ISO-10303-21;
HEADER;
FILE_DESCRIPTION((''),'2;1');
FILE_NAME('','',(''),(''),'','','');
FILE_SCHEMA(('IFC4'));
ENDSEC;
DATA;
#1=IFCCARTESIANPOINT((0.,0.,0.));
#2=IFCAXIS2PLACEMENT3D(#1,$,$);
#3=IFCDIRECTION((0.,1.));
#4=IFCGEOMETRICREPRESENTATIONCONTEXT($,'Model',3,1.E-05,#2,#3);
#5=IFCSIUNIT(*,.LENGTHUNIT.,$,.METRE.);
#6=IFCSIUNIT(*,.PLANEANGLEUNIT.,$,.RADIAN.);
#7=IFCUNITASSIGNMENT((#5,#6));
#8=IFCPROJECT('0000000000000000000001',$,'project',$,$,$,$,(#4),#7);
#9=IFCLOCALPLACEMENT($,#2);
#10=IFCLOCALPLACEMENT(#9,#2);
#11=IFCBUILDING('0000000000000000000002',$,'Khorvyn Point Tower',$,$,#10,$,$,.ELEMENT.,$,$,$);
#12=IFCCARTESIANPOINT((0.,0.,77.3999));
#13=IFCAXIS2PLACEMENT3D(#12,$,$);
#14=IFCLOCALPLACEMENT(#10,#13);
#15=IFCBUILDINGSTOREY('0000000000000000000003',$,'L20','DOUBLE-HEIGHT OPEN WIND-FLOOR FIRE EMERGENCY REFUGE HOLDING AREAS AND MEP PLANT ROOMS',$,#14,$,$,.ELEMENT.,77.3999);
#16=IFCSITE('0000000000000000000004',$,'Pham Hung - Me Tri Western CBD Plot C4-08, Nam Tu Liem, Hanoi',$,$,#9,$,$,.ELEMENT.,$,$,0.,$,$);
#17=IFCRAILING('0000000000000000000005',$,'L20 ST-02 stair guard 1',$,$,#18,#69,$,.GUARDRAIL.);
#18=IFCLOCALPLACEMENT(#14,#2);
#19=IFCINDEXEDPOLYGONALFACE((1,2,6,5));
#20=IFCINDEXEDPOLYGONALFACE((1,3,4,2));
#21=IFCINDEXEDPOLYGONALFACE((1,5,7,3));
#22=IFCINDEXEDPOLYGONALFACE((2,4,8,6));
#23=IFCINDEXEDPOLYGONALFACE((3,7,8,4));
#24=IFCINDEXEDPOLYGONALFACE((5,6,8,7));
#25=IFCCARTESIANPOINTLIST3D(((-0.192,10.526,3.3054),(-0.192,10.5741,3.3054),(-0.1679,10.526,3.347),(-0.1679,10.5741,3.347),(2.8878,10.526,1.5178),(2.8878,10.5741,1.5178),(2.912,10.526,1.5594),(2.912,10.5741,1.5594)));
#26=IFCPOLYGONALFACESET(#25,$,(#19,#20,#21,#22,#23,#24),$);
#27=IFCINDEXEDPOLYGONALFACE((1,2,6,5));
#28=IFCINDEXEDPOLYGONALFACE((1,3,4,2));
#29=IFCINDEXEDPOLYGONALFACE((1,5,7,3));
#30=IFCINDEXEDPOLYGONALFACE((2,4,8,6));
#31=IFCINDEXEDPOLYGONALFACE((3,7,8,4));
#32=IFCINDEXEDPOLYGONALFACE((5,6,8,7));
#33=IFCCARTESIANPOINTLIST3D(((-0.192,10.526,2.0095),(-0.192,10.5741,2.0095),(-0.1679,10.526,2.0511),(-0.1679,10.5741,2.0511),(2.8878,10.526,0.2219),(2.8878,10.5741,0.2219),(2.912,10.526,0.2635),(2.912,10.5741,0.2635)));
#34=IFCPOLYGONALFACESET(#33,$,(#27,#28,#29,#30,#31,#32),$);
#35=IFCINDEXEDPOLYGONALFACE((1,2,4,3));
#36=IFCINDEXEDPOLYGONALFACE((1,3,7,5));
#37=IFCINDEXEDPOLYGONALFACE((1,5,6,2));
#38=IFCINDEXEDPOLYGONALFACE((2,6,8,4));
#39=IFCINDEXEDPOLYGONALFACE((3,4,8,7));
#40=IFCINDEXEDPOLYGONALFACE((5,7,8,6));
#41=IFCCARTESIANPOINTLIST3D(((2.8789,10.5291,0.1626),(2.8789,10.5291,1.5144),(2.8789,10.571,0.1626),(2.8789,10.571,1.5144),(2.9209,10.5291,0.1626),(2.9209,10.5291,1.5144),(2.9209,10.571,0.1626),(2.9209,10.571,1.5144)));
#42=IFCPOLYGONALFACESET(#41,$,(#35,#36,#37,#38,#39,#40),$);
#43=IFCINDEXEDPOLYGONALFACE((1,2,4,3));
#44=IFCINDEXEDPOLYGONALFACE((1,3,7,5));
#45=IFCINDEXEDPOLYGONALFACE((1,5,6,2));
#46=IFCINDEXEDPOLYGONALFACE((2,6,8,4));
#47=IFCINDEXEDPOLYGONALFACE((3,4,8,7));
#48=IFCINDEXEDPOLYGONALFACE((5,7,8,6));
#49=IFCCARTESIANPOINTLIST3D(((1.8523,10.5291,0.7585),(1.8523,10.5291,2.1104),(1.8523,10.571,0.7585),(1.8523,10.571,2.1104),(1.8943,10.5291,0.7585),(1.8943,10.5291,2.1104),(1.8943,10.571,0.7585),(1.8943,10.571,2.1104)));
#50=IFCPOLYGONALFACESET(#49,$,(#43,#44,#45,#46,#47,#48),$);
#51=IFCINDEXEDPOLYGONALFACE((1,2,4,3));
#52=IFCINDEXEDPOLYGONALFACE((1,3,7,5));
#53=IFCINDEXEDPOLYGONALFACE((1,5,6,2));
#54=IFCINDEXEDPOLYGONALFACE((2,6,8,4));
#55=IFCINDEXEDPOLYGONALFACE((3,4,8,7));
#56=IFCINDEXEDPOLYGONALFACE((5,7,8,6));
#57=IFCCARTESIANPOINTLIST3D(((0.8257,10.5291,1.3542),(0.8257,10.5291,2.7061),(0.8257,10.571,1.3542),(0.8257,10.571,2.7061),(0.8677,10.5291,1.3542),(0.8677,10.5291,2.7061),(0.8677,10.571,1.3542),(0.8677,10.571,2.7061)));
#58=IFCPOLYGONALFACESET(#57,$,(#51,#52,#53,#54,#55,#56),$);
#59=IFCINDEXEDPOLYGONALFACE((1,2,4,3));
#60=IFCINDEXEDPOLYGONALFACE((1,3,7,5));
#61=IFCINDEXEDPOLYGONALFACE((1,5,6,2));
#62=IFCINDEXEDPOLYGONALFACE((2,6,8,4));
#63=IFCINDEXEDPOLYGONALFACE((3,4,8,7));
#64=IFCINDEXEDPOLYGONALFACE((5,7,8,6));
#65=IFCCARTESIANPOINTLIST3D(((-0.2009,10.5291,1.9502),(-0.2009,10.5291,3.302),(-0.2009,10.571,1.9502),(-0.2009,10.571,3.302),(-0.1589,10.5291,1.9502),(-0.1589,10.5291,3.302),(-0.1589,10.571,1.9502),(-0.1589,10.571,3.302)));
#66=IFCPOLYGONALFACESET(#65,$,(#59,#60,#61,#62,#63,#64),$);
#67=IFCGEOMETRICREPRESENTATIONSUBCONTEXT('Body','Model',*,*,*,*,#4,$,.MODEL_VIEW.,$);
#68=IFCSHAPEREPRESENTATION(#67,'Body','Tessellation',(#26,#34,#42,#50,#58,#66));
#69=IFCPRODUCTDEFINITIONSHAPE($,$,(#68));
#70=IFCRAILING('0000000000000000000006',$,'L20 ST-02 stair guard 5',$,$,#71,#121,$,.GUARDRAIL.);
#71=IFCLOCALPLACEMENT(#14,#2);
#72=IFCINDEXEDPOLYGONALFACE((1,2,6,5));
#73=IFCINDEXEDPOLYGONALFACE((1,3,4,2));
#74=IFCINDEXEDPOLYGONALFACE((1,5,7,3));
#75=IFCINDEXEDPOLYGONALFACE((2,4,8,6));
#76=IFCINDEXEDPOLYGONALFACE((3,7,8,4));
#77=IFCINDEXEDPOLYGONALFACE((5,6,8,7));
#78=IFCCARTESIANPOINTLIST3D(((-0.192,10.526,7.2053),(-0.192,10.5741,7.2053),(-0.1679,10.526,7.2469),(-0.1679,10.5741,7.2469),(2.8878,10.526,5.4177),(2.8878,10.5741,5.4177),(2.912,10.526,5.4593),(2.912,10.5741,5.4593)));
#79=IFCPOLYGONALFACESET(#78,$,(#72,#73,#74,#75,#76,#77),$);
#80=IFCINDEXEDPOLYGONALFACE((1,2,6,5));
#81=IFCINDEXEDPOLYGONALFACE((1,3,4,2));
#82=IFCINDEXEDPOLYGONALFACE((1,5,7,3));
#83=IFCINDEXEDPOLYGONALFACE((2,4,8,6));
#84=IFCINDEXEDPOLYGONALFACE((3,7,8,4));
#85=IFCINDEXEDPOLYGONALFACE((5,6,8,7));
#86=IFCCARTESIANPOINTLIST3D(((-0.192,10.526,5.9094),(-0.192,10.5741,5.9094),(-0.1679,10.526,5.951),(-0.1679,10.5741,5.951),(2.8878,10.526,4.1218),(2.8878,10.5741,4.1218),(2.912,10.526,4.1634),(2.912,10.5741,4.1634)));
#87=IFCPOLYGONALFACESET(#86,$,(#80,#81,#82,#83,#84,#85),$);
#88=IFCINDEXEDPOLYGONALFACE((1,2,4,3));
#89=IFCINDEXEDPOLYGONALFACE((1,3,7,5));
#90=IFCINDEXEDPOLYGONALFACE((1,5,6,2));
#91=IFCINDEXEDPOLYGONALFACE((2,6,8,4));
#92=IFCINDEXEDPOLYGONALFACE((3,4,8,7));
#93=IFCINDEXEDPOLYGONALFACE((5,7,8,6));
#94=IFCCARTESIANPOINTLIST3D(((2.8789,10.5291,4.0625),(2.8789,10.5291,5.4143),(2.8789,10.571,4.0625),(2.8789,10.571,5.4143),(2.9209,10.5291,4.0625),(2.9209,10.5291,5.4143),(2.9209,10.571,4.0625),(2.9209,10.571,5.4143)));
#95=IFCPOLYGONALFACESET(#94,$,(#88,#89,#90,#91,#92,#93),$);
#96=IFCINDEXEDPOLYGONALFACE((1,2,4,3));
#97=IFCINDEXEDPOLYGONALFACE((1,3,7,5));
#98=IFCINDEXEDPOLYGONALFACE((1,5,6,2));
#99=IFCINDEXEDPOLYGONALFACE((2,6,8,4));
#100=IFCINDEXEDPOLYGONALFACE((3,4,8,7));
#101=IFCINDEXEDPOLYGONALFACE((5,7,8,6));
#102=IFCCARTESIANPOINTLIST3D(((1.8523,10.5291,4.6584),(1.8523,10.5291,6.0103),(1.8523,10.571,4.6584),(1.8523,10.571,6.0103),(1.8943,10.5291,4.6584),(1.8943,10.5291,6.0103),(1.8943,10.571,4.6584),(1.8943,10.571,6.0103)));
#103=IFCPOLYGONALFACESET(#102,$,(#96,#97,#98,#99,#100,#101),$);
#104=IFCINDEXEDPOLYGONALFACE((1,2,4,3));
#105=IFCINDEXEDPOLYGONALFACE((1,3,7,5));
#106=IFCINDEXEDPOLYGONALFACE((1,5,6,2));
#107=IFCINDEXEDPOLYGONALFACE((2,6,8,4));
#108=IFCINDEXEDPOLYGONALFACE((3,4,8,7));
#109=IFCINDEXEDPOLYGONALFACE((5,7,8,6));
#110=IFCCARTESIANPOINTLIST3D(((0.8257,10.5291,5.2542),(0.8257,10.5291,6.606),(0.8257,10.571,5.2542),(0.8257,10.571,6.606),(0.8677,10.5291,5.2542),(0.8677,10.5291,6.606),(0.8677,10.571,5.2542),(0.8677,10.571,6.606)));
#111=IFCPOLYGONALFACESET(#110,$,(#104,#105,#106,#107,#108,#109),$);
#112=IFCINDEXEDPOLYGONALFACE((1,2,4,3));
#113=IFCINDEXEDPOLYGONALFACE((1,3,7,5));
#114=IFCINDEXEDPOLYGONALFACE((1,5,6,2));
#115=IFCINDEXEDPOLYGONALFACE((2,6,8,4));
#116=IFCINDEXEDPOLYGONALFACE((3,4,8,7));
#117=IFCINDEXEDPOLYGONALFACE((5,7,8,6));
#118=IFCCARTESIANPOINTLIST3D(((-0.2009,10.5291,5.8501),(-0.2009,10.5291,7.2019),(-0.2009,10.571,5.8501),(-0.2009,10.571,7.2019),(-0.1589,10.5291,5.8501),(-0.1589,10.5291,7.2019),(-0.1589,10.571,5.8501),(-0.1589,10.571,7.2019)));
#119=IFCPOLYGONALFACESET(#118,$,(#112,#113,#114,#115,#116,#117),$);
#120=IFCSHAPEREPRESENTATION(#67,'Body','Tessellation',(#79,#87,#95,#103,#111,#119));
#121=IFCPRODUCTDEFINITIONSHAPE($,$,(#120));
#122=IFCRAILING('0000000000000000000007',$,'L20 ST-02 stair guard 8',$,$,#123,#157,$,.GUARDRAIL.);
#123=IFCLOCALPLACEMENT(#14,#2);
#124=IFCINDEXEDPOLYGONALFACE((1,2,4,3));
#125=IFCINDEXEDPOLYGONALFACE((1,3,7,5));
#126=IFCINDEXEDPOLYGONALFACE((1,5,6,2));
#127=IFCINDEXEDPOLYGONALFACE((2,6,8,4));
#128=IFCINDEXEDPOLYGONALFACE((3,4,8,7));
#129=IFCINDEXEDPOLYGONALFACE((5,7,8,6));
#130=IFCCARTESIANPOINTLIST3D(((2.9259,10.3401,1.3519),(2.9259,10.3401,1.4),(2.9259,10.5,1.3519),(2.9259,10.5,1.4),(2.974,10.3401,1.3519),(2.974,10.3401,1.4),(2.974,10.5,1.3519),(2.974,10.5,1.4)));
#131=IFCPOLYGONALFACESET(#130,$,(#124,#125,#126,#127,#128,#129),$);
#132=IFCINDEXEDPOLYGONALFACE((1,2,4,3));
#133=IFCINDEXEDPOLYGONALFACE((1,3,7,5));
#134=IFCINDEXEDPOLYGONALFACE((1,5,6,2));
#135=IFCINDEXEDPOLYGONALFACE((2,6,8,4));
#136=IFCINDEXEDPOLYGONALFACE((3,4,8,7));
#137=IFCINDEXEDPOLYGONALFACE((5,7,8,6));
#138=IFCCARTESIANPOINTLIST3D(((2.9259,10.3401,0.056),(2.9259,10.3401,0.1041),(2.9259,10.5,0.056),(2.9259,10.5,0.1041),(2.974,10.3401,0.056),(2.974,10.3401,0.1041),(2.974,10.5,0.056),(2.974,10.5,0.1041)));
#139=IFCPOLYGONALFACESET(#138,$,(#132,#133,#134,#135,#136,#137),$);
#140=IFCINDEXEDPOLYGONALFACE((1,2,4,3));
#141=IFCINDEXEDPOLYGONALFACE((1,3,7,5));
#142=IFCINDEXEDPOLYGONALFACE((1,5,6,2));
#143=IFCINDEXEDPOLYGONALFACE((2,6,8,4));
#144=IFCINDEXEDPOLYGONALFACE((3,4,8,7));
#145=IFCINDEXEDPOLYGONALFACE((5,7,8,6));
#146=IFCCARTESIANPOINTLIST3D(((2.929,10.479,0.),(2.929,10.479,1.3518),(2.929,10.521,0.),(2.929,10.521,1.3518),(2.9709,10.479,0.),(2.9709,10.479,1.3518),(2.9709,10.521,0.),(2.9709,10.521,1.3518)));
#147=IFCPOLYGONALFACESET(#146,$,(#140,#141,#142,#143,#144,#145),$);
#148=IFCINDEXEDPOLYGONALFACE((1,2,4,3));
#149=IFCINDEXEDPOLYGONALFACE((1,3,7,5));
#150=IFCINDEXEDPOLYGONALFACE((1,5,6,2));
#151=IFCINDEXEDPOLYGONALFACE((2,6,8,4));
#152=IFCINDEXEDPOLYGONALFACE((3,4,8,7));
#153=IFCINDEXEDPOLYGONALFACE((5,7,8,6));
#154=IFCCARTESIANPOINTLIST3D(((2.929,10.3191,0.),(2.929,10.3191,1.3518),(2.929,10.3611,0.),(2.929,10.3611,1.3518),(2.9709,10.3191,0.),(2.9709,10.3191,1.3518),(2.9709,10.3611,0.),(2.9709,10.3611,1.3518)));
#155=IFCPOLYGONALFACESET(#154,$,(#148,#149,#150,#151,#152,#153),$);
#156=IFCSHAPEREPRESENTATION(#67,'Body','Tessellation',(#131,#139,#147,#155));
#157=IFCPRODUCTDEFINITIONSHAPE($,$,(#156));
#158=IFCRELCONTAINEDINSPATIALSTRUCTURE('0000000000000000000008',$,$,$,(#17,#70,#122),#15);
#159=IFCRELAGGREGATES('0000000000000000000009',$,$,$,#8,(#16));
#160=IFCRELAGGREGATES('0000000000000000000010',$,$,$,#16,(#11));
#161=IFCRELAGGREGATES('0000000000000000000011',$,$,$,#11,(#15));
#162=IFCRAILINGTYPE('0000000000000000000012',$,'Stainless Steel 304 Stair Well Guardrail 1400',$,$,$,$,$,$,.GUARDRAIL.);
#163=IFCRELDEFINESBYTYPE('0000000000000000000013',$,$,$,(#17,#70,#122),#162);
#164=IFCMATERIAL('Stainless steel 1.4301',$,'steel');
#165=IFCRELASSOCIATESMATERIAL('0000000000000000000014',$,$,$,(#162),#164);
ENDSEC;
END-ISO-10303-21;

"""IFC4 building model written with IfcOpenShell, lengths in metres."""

from ifc_helpers import new_model, si_unit, direction, frame, origin, origin_2d, place, context, subcontext, project, spatial, rectangle, extrude, material, type_object, element, save


model = new_model("IFC4")

# Units and contexts
model_context = context("Model", 3, precision=1e-05, world=origin(), true_north=direction((0.0, 1.0)))
body_context = subcontext(model_context, "Body", "Model", "MODEL_VIEW")
ifc_project = project(units=[si_unit("LENGTHUNIT", "METRE"), si_unit("PLANEANGLEUNIT", "RADIAN")], contexts=[model_context])

# Site, building, storey
site_placement = place(None, origin())
site = spatial("IfcSite", under=ifc_project, at=site_placement, Name="Pham Hung - Me Tri Western CBD Plot C4-08, Nam Tu Liem, Hanoi", CompositionType="ELEMENT", RefElevation=0.0)
building_placement = place(site_placement, origin())
building = spatial("IfcBuilding", under=site, at=building_placement, Name="Khorvyn Point Tower", CompositionType="ELEMENT")
storey_placement = place(building_placement, frame((0.0, 0.0, 77.3999)))
storey = spatial("IfcBuildingStorey", under=building, at=storey_placement, Name="L20", Description="DOUBLE-HEIGHT OPEN WIND-FLOOR FIRE EMERGENCY REFUGE HOLDING AREAS AND MEP PLANT ROOMS", CompositionType="ELEMENT", Elevation=77.3999)

# Railings
ifc_material_1 = material(Name="Stainless steel 1.4301", Category="steel")
railing_type_1 = type_object("IfcRailingType", Name="Stainless Steel 304 Stair Well Guardrail 1400", PredefinedType="GUARDRAIL", material=ifc_material_1)
for number, where, name in (
    (1, (2.8999, 10.55, 0.1626), "L20 ST-02 stair guard 1"),
    (2, (2.8999, 10.55, 4.0625), "L20 ST-02 stair guard 5"),
):
    element("IfcRailing", number, at=place(storey_placement, frame(where)), inside=storey, type_object=railing_type_1, Name=name, PredefinedType="GUARDRAIL", context=body_context, shape_type="SweptSolid", body=[
        extrude(rectangle(XDim=0.0481, YDim=0.0481, at=origin_2d()), frame((0.0, 0.0, 1.376), z_axis=(-0.864873, 0.0, 0.50199), x_axis=(0.0, -1.0, 0.0)), (0.0, 0.0, 1.0), 3.561),
        extrude(rectangle(XDim=0.0481, YDim=0.0481, at=origin_2d()), frame((0.0, 0.0, 0.0801), z_axis=(-0.864873, 0.0, 0.50199), x_axis=(0.0, -1.0, 0.0)), (0.0, 0.0, 1.0), 3.561),
        extrude(rectangle(XDim=0.042, YDim=0.042, at=origin_2d()), origin(), (0.0, 0.0, 1.0), 1.3518),
        extrude(rectangle(XDim=0.042, YDim=0.042, at=origin_2d()), frame((-1.0266, 0.0, 0.5959)), (0.0, 0.0, 1.0), 1.3518),
        extrude(rectangle(XDim=0.042, YDim=0.042, at=origin_2d()), frame((-2.0532, 0.0, 1.1917)), (0.0, 0.0, 1.0), 1.3518),
        extrude(rectangle(XDim=0.042, YDim=0.042, at=origin_2d()), frame((-3.0798, 0.0, 1.7876)), (0.0, 0.0, 1.0), 1.3518),
    ])
railing_placement = place(storey_placement, frame((2.95, 10.5, 0.0)))
element("IfcRailing", 3, at=railing_placement, inside=storey, type_object=railing_type_1, Name="L20 ST-02 stair guard 8", PredefinedType="GUARDRAIL", context=body_context, shape_type="SweptSolid", body=[
    extrude(rectangle(XDim=0.0481, YDim=0.0481, at=origin_2d()), frame((0.0, 0.0, 1.376), z_axis=(0.0, -1.0, 0.0), x_axis=(1.0, 0.0, 0.0)), (0.0, 0.0, 1.0), 0.1599),
    extrude(rectangle(XDim=0.0481, YDim=0.0481, at=origin_2d()), frame((0.0, 0.0, 0.0801), z_axis=(0.0, -1.0, 0.0), x_axis=(1.0, 0.0, 0.0)), (0.0, 0.0, 1.0), 0.1599),
    extrude(rectangle(XDim=0.042, YDim=0.042, at=origin_2d()), origin(), (0.0, 0.0, 1.0), 1.3518),
    extrude(rectangle(XDim=0.042, YDim=0.042, at=origin_2d()), frame((0.0, -0.1599, 0.0)), (0.0, 0.0, 1.0), 1.3518),
])

save(model, "model.ifc")
